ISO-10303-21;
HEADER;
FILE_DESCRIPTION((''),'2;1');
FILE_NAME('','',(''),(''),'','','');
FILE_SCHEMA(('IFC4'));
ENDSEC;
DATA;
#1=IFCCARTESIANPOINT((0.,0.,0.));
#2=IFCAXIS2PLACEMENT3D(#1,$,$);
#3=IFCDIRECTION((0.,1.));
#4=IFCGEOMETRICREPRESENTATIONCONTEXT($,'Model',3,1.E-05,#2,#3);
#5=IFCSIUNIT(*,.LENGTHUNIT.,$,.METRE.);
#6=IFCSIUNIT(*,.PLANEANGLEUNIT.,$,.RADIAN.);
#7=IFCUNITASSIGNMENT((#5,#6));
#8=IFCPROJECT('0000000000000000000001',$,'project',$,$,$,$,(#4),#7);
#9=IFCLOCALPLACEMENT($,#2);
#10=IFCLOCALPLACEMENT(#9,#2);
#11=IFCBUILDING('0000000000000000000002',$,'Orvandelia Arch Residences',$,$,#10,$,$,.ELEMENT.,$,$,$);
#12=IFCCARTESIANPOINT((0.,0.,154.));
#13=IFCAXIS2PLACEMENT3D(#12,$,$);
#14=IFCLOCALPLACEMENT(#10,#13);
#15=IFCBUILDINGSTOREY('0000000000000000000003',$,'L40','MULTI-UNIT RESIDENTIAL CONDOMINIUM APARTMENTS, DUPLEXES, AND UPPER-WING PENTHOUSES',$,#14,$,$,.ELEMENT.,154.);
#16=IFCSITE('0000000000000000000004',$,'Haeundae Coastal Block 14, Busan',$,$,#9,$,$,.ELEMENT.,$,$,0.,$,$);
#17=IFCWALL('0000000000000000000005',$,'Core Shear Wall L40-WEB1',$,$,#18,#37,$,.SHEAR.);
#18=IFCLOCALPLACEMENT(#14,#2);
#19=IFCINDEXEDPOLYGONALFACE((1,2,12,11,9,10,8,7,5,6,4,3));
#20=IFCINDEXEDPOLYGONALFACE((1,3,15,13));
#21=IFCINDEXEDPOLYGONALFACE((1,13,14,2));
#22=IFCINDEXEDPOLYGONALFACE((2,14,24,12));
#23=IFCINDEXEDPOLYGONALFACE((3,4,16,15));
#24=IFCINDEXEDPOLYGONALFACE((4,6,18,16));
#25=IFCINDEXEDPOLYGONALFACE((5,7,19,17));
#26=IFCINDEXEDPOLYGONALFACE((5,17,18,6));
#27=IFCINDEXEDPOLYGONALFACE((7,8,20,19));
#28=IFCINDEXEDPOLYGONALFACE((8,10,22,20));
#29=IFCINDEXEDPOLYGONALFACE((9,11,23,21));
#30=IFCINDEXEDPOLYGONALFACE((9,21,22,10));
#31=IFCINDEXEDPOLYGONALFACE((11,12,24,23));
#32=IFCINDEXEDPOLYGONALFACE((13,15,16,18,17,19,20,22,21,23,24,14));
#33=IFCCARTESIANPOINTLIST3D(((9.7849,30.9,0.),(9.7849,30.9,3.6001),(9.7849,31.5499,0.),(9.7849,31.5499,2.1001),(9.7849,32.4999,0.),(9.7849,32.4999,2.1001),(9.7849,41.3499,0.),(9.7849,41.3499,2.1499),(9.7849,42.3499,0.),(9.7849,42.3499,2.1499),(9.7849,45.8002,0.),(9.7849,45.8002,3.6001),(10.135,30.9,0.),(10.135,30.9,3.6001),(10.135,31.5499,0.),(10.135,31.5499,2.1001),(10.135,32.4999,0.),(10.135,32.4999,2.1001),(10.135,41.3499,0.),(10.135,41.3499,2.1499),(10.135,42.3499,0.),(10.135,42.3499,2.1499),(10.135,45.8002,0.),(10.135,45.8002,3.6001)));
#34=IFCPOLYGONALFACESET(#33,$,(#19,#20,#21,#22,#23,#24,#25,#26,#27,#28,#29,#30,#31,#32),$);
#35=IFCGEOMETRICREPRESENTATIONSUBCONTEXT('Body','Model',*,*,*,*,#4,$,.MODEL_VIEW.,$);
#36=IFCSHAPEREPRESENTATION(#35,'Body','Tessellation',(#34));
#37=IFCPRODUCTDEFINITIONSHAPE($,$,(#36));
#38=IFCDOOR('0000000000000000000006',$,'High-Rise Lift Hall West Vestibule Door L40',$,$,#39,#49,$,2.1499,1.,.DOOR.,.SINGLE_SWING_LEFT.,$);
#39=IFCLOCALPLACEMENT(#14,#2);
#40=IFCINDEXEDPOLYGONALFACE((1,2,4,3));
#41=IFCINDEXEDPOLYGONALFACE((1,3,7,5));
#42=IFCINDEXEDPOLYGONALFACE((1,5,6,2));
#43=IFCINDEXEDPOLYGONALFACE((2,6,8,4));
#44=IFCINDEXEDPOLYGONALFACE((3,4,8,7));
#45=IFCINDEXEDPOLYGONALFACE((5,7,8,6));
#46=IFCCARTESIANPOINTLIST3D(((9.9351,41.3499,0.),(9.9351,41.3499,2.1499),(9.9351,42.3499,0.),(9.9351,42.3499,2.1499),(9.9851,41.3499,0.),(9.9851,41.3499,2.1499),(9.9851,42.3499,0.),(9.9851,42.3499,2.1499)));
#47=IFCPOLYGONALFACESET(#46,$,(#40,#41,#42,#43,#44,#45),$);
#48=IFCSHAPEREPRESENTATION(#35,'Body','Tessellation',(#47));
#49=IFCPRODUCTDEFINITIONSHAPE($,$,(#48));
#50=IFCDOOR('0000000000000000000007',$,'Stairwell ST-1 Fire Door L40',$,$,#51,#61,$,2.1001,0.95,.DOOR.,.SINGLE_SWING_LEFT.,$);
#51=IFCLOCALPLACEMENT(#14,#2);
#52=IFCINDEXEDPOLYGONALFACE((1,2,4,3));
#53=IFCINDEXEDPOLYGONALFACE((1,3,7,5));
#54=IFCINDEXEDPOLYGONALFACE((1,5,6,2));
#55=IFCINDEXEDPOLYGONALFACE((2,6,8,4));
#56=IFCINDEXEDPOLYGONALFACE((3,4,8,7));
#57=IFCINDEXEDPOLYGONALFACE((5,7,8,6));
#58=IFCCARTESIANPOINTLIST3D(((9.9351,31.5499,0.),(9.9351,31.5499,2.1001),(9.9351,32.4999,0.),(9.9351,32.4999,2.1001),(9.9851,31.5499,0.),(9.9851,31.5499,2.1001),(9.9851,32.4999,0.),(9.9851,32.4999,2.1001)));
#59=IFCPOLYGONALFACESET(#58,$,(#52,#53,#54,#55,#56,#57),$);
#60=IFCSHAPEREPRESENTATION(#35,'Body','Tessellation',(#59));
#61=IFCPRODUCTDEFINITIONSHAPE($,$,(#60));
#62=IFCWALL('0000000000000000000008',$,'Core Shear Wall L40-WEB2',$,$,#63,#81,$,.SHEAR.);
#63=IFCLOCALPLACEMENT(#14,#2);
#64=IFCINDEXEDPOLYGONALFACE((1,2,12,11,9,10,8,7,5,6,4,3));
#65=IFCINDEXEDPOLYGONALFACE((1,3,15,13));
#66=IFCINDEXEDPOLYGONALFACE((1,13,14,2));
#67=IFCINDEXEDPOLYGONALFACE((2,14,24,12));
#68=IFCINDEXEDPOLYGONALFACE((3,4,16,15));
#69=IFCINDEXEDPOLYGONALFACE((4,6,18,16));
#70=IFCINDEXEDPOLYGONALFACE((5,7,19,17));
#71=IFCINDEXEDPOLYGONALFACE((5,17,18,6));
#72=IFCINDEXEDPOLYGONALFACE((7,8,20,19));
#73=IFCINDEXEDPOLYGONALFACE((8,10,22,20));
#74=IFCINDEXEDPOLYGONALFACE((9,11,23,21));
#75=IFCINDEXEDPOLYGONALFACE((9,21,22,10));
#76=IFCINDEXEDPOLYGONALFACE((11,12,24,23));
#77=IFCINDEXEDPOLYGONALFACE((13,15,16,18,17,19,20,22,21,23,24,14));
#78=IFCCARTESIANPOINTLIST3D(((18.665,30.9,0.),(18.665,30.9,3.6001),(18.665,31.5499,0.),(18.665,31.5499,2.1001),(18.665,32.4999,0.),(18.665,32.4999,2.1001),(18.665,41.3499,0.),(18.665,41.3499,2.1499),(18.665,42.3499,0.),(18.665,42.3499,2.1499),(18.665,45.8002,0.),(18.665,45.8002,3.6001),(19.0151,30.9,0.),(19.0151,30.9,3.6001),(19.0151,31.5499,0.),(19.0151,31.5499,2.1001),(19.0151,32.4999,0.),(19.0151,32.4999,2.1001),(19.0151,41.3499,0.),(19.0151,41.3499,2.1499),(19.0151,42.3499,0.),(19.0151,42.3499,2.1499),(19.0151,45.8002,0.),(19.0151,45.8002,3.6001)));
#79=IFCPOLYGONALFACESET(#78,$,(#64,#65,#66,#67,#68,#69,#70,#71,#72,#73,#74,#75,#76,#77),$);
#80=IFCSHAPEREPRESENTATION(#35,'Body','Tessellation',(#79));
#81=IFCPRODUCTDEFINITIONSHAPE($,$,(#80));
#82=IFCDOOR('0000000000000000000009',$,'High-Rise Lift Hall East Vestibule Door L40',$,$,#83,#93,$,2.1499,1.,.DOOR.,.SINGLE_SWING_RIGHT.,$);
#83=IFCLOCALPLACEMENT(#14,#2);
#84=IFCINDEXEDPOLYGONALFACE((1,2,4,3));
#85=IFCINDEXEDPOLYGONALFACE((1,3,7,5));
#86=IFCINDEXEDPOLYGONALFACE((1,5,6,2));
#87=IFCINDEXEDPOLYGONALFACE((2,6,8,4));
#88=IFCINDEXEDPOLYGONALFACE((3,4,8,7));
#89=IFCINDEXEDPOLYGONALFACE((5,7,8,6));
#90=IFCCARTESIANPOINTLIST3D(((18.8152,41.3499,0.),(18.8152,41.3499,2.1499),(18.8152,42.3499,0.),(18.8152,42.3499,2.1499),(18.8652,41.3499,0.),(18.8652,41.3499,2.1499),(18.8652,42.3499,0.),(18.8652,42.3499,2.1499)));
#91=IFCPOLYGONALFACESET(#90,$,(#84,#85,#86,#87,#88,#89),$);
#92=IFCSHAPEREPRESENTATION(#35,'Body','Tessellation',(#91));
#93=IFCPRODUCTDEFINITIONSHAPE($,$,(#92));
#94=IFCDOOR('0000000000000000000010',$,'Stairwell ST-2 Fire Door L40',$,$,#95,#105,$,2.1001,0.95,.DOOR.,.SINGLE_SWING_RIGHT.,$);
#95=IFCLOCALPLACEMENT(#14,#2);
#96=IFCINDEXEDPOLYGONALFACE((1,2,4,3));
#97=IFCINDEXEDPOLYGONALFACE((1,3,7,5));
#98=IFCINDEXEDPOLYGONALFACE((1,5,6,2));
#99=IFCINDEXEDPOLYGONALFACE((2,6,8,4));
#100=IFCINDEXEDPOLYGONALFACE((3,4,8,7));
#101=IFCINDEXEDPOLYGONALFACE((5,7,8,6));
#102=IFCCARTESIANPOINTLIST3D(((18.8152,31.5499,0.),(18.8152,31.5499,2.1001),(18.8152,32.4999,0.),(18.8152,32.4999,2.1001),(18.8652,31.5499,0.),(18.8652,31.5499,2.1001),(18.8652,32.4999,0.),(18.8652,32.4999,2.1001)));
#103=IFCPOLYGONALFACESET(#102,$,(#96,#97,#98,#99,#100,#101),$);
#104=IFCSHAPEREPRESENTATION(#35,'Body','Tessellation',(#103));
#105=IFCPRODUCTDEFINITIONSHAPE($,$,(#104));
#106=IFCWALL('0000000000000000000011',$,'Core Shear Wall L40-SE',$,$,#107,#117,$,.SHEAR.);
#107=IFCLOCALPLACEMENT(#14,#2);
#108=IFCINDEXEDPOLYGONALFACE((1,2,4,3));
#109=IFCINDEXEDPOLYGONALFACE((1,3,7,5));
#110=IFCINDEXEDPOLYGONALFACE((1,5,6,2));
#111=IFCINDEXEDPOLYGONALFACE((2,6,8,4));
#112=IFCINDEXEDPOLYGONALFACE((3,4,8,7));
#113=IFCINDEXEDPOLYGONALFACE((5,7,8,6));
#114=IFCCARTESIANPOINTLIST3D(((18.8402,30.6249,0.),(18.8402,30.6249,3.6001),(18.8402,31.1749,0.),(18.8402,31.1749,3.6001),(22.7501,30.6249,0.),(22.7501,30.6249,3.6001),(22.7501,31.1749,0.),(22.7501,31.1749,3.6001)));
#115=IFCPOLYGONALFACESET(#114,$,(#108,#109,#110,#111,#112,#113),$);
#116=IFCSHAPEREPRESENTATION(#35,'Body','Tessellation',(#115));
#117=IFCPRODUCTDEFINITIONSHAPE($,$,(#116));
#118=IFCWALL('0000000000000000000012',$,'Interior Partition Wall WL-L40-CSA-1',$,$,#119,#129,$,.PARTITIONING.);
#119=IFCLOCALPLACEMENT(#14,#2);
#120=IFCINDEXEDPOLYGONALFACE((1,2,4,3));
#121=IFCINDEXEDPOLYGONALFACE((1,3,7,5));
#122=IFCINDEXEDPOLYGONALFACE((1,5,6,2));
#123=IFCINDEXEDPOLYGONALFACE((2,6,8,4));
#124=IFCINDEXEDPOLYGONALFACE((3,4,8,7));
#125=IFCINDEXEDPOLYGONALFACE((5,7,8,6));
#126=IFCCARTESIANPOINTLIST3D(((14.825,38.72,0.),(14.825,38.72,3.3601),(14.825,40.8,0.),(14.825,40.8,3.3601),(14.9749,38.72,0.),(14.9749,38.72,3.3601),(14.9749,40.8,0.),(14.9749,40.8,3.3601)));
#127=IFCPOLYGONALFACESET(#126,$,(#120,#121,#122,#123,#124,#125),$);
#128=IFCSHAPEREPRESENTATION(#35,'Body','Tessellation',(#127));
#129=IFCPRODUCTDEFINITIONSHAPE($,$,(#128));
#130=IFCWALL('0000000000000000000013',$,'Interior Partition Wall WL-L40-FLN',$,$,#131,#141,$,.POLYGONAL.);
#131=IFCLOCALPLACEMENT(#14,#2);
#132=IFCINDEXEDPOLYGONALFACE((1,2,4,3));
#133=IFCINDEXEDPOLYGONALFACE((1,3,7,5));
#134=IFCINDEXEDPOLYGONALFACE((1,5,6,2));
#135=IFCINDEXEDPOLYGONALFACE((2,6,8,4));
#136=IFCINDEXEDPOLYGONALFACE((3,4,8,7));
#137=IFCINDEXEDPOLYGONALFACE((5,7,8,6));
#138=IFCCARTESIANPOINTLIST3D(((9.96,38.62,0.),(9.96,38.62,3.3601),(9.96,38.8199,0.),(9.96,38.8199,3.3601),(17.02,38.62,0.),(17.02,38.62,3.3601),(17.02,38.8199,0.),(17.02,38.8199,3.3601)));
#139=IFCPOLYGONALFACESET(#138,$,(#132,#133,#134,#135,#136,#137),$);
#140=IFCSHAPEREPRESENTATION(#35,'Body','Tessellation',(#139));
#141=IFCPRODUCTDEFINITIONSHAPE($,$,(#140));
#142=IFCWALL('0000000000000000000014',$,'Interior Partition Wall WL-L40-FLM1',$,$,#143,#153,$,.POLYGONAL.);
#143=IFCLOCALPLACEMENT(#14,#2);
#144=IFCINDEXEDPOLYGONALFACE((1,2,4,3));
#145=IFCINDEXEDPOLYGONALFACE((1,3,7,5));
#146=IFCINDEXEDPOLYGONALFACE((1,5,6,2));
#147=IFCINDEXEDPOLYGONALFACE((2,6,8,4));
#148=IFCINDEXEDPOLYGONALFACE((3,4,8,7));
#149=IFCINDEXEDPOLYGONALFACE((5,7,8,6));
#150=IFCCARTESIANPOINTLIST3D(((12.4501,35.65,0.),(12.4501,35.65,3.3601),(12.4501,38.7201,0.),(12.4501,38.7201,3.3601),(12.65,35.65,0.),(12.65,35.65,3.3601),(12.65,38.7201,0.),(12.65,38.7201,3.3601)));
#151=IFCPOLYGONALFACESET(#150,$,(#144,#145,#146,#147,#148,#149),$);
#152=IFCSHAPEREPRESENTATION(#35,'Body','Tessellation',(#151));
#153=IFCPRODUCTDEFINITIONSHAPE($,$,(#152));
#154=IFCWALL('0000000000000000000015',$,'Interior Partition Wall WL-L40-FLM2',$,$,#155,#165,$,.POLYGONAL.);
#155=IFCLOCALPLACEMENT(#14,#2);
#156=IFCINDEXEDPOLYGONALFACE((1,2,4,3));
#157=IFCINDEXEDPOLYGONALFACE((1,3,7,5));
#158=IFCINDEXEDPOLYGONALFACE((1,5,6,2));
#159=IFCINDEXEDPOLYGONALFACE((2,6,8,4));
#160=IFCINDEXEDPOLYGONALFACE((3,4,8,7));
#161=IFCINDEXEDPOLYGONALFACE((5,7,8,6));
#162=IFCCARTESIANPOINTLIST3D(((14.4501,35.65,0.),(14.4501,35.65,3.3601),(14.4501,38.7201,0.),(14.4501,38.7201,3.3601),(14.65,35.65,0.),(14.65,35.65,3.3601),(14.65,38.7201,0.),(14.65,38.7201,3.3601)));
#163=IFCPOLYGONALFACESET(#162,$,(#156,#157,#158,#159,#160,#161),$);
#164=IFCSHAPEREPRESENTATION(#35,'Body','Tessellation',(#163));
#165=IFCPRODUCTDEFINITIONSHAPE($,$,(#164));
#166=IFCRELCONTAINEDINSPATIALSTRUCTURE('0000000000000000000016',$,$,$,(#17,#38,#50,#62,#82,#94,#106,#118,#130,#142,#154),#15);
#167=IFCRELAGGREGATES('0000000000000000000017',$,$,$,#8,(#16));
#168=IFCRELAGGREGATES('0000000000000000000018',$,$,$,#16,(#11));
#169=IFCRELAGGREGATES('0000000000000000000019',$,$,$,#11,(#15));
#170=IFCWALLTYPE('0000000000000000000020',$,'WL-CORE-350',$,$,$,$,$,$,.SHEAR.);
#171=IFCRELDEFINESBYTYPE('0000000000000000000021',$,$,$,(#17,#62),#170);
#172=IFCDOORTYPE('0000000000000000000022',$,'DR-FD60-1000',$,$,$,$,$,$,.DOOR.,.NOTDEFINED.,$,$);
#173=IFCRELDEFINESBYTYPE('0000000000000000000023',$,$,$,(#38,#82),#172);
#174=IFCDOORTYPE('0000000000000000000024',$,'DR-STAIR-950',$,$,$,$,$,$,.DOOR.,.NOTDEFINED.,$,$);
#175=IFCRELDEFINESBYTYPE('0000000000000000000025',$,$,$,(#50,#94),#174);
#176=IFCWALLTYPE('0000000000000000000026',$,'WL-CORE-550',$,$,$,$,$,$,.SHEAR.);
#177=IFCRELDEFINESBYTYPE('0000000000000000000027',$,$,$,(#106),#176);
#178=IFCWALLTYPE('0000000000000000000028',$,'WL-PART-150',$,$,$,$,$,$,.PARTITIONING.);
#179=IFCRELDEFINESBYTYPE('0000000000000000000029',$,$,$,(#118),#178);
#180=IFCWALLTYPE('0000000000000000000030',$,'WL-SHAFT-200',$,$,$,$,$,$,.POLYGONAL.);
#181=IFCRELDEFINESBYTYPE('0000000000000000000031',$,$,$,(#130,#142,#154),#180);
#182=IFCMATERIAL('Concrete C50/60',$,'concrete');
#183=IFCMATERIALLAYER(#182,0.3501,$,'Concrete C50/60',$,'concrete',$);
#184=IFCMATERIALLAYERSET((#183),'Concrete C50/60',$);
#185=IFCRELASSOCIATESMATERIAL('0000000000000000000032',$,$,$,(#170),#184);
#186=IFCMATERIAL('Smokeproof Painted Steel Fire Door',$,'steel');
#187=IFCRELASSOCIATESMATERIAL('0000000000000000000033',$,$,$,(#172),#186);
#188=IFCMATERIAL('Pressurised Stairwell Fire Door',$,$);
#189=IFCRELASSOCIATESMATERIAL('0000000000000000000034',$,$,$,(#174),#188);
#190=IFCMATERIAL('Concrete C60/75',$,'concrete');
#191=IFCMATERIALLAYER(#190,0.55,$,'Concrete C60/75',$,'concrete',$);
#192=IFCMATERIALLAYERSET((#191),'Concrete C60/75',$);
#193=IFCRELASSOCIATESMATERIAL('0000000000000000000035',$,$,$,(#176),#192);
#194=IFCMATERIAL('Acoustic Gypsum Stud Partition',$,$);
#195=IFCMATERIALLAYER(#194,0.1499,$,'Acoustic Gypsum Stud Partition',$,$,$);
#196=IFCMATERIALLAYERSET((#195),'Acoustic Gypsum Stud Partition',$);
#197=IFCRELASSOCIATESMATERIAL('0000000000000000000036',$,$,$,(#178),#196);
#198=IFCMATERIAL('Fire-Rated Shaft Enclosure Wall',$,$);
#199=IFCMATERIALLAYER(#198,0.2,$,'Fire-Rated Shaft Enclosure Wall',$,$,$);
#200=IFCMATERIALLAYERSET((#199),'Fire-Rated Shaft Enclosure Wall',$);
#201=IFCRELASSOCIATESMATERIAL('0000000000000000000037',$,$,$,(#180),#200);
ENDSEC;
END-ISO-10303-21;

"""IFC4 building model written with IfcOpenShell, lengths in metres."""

from ifc_helpers import new_model, si_unit, direction, frame, frame_2d, origin, place, context, subcontext, project, spatial, rectangle, extrude, material, layer, layer_set, type_object, element, fill, save


model = new_model("IFC4")

# Units and contexts
model_context = context("Model", 3, precision=1e-05, world=origin(), true_north=direction((0.0, 1.0)))
body_context = subcontext(model_context, "Body", "Model", "MODEL_VIEW")
ifc_project = project(units=[si_unit("LENGTHUNIT", "METRE"), si_unit("PLANEANGLEUNIT", "RADIAN")], contexts=[model_context])

# Site, building, storey
site_placement = place(None, origin())
site = spatial("IfcSite", under=ifc_project, at=site_placement, Name="Haeundae Coastal Block 14, Busan", CompositionType="ELEMENT", RefElevation=0.0)
building_placement = place(site_placement, origin())
building = spatial("IfcBuilding", under=site, at=building_placement, Name="Orvandelia Arch Residences", CompositionType="ELEMENT")
storey_placement = place(building_placement, frame((0.0, 0.0, 154.0)))
storey = spatial("IfcBuildingStorey", under=building, at=storey_placement, Name="L40", Description="MULTI-UNIT RESIDENTIAL CONDOMINIUM APARTMENTS, DUPLEXES, AND UPPER-WING PENTHOUSES", CompositionType="ELEMENT", Elevation=154.0)

# Walls, openings, doors
ifc_material_1 = material(Name="Concrete C50/60", Category="concrete")
ifc_layer_1 = layer(ifc_material_1, 0.3501, Name="Concrete C50/60", Category="concrete")
ifc_layer_set_1 = layer_set([ifc_layer_1], Name="Concrete C50/60")
wall_type_1 = type_object("IfcWallType", Name="WL-CORE-350", PredefinedType="SHEAR", material=ifc_layer_set_1)
wall_1_placement = place(storey_placement, frame((9.96, 30.8999, 0.0), z_axis=(0.0, 0.0, 1.0), x_axis=(0.0, 1.0, 0.0)))
wall_1 = element("IfcWall", 1, at=wall_1_placement, inside=storey, type_object=wall_type_1, Name="Core Shear Wall L40-WEB1", PredefinedType="SHEAR", context=body_context, shape_type="SweptSolid", body=[
    extrude(rectangle(XDim=14.9001, YDim=0.3501, at=frame_2d((7.4502, 0.0))), origin(), (0.0, 0.0, 1.0), 3.6001),
])
opening_1_placement = place(wall_1_placement, frame((0.6499, 0.0, 0.0)))
opening_1 = element("IfcOpeningElement", 2, at=opening_1_placement, cuts=wall_1, PredefinedType="OPENING", context=body_context, shape_type="SweptSolid", body=[
    extrude(rectangle(XDim=0.95, YDim=2.1001, at=frame_2d((0.4751, 1.05))), frame((0.0, 0.1851, 0.0), z_axis=(0.0, -1.0, 0.0), x_axis=(1.0, 0.0, 0.0)), (0.0, 0.0, 1.0), 0.3701),
])
opening_2_placement = place(wall_1_placement, frame((10.45, 0.0, 0.0)))
opening_2 = element("IfcOpeningElement", 3, at=opening_2_placement, cuts=wall_1, PredefinedType="OPENING", context=body_context, shape_type="SweptSolid", body=[
    extrude(rectangle(XDim=1.0, YDim=2.1499, at=frame_2d((0.5, 1.075))), frame((0.0, 0.1851, 0.0), z_axis=(0.0, -1.0, 0.0), x_axis=(1.0, 0.0, 0.0)), (0.0, 0.0, 1.0), 0.3701),
])
ifc_material_2 = material(Name="Smokeproof Painted Steel Fire Door", Category="steel")
door_type_1 = type_object("IfcDoorType", Name="DR-FD60-1000", OperationType="NOTDEFINED", PredefinedType="DOOR", material=ifc_material_2)
door_1_placement = place(opening_2_placement, origin())
door_1 = element("IfcDoor", 4, at=door_1_placement, inside=storey, type_object=door_type_1, Name="High-Rise Lift Hall West Vestibule Door L40", OperationType="SINGLE_SWING_LEFT", OverallHeight=2.1499, OverallWidth=1.0, PredefinedType="DOOR", context=body_context, shape_type="SweptSolid", body=[
    extrude(rectangle(XDim=1.0, YDim=2.1499, at=frame_2d((0.5, 1.075))), frame((0.0, 0.0249, 0.0), z_axis=(0.0, -1.0, 0.0), x_axis=(1.0, 0.0, 0.0)), (0.0, 0.0, 1.0), 0.05),
])
fill(opening_2, door_1)
ifc_material_3 = material(Name="Pressurised Stairwell Fire Door")
door_type_2 = type_object("IfcDoorType", Name="DR-STAIR-950", OperationType="NOTDEFINED", PredefinedType="DOOR", material=ifc_material_3)
door_2_placement = place(opening_1_placement, origin())
door_2 = element("IfcDoor", 5, at=door_2_placement, inside=storey, type_object=door_type_2, Name="Stairwell ST-1 Fire Door L40", OperationType="SINGLE_SWING_LEFT", OverallHeight=2.1001, OverallWidth=0.95, PredefinedType="DOOR", context=body_context, shape_type="SweptSolid", body=[
    extrude(rectangle(XDim=0.95, YDim=2.1001, at=frame_2d((0.4751, 1.05))), frame((0.0, 0.0249, 0.0), z_axis=(0.0, -1.0, 0.0), x_axis=(1.0, 0.0, 0.0)), (0.0, 0.0, 1.0), 0.05),
])
fill(opening_1, door_2)
wall_2_placement = place(storey_placement, frame((18.8401, 30.8999, 0.0), z_axis=(0.0, 0.0, 1.0), x_axis=(0.0, 1.0, 0.0)))
wall_2 = element("IfcWall", 6, at=wall_2_placement, inside=storey, type_object=wall_type_1, Name="Core Shear Wall L40-WEB2", PredefinedType="SHEAR", context=body_context, shape_type="SweptSolid", body=[
    extrude(rectangle(XDim=14.9001, YDim=0.3501, at=frame_2d((7.4502, 0.0))), origin(), (0.0, 0.0, 1.0), 3.6001),
])
opening_3_placement = place(wall_2_placement, frame((0.6499, 0.0, 0.0)))
opening_3 = element("IfcOpeningElement", 7, at=opening_3_placement, cuts=wall_2, PredefinedType="OPENING", context=body_context, shape_type="SweptSolid", body=[
    extrude(rectangle(XDim=0.95, YDim=2.1001, at=frame_2d((0.4751, 1.05))), frame((0.0, 0.1851, 0.0), z_axis=(0.0, -1.0, 0.0), x_axis=(1.0, 0.0, 0.0)), (0.0, 0.0, 1.0), 0.3701),
])
opening_4_placement = place(wall_2_placement, frame((10.45, 0.0, 0.0)))
opening_4 = element("IfcOpeningElement", 8, at=opening_4_placement, cuts=wall_2, PredefinedType="OPENING", context=body_context, shape_type="SweptSolid", body=[
    extrude(rectangle(XDim=1.0, YDim=2.1499, at=frame_2d((0.5, 1.075))), frame((0.0, 0.1851, 0.0), z_axis=(0.0, -1.0, 0.0), x_axis=(1.0, 0.0, 0.0)), (0.0, 0.0, 1.0), 0.3701),
])
door_3_placement = place(opening_4_placement, origin())
door_3 = element("IfcDoor", 9, at=door_3_placement, inside=storey, type_object=door_type_1, Name="High-Rise Lift Hall East Vestibule Door L40", OperationType="SINGLE_SWING_RIGHT", OverallHeight=2.1499, OverallWidth=1.0, PredefinedType="DOOR", context=body_context, shape_type="SweptSolid", body=[
    extrude(rectangle(XDim=1.0, YDim=2.1499, at=frame_2d((0.5, 1.075))), frame((0.0, 0.0249, 0.0), z_axis=(0.0, -1.0, 0.0), x_axis=(1.0, 0.0, 0.0)), (0.0, 0.0, 1.0), 0.05),
])
fill(opening_4, door_3)
door_4_placement = place(opening_3_placement, origin())
door_4 = element("IfcDoor", 10, at=door_4_placement, inside=storey, type_object=door_type_2, Name="Stairwell ST-2 Fire Door L40", OperationType="SINGLE_SWING_RIGHT", OverallHeight=2.1001, OverallWidth=0.95, PredefinedType="DOOR", context=body_context, shape_type="SweptSolid", body=[
    extrude(rectangle(XDim=0.95, YDim=2.1001, at=frame_2d((0.4751, 1.05))), frame((0.0, 0.0249, 0.0), z_axis=(0.0, -1.0, 0.0), x_axis=(1.0, 0.0, 0.0)), (0.0, 0.0, 1.0), 0.05),
])
fill(opening_3, door_4)

# Shared definitions
ifc_material_4 = material(Name="Concrete C60/75", Category="concrete")
ifc_layer_2 = layer(ifc_material_4, 0.55, Name="Concrete C60/75", Category="concrete")
ifc_layer_set_2 = layer_set([ifc_layer_2], Name="Concrete C60/75")
wall_type_2 = type_object("IfcWallType", Name="WL-CORE-550", PredefinedType="SHEAR", material=ifc_layer_set_2)

# Walls
wall_3_placement = place(storey_placement, frame((18.8401, 30.8999, 0.0), z_axis=(0.0, 0.0, 1.0), x_axis=(1.0, 0.0, 0.0)))
element("IfcWall", 11, at=wall_3_placement, inside=storey, type_object=wall_type_2, Name="Core Shear Wall L40-SE", PredefinedType="SHEAR", context=body_context, shape_type="SweptSolid", body=[
    extrude(rectangle(XDim=3.9099, YDim=0.55, at=frame_2d((1.9551, 0.0))), origin(), (0.0, 0.0, 1.0), 3.6001),
])
ifc_material_5 = material(Name="Acoustic Gypsum Stud Partition")
ifc_layer_3 = layer(ifc_material_5, 0.1499, Name="Acoustic Gypsum Stud Partition")
ifc_layer_set_3 = layer_set([ifc_layer_3], Name="Acoustic Gypsum Stud Partition")
wall_type_3 = type_object("IfcWallType", Name="WL-PART-150", PredefinedType="PARTITIONING", material=ifc_layer_set_3)
wall_4_placement = place(storey_placement, frame((14.8999, 38.72, 0.0), z_axis=(0.0, 0.0, 1.0), x_axis=(0.0, 1.0, 0.0)))
element("IfcWall", 12, at=wall_4_placement, inside=storey, type_object=wall_type_3, Name="Interior Partition Wall WL-L40-CSA-1", PredefinedType="PARTITIONING", context=body_context, shape_type="SweptSolid", body=[
    extrude(rectangle(XDim=2.0801, YDim=0.1499, at=frame_2d((1.04, 0.0))), origin(), (0.0, 0.0, 1.0), 3.3601),
])
ifc_material_6 = material(Name="Fire-Rated Shaft Enclosure Wall")
ifc_layer_4 = layer(ifc_material_6, 0.2, Name="Fire-Rated Shaft Enclosure Wall")
ifc_layer_set_4 = layer_set([ifc_layer_4], Name="Fire-Rated Shaft Enclosure Wall")
wall_type_4 = type_object("IfcWallType", Name="WL-SHAFT-200", PredefinedType="POLYGONAL", material=ifc_layer_set_4)
wall_5_placement = place(storey_placement, frame((9.96, 38.72, 0.0), z_axis=(0.0, 0.0, 1.0), x_axis=(1.0, 0.0, 0.0)))
element("IfcWall", 13, at=wall_5_placement, inside=storey, type_object=wall_type_4, Name="Interior Partition Wall WL-L40-FLN", PredefinedType="POLYGONAL", context=body_context, shape_type="SweptSolid", body=[
    extrude(rectangle(XDim=7.0601, YDim=0.2, at=frame_2d((3.53, 0.0))), origin(), (0.0, 0.0, 1.0), 3.3601),
])
for number, where, z_axis, x_axis, name in (
    (14, (12.55, 35.6499, 0.0), (0.0, 0.0, 1.0), (0.0, 1.0, 0.0), "Interior Partition Wall WL-L40-FLM1"),
    (15, (14.55, 35.6499, 0.0), (0.0, 0.0, 1.0), (0.0, 1.0, 0.0), "Interior Partition Wall WL-L40-FLM2"),
):
    element("IfcWall", number, at=place(storey_placement, frame(where, z_axis=z_axis, x_axis=x_axis)), inside=storey, type_object=wall_type_4, Name=name, PredefinedType="POLYGONAL", context=body_context, shape_type="SweptSolid", body=[
        extrude(rectangle(XDim=3.0701, YDim=0.2, at=frame_2d((1.5352, 0.0))), origin(), (0.0, 0.0, 1.0), 3.3601),
    ])

save(model, "model.ifc")
